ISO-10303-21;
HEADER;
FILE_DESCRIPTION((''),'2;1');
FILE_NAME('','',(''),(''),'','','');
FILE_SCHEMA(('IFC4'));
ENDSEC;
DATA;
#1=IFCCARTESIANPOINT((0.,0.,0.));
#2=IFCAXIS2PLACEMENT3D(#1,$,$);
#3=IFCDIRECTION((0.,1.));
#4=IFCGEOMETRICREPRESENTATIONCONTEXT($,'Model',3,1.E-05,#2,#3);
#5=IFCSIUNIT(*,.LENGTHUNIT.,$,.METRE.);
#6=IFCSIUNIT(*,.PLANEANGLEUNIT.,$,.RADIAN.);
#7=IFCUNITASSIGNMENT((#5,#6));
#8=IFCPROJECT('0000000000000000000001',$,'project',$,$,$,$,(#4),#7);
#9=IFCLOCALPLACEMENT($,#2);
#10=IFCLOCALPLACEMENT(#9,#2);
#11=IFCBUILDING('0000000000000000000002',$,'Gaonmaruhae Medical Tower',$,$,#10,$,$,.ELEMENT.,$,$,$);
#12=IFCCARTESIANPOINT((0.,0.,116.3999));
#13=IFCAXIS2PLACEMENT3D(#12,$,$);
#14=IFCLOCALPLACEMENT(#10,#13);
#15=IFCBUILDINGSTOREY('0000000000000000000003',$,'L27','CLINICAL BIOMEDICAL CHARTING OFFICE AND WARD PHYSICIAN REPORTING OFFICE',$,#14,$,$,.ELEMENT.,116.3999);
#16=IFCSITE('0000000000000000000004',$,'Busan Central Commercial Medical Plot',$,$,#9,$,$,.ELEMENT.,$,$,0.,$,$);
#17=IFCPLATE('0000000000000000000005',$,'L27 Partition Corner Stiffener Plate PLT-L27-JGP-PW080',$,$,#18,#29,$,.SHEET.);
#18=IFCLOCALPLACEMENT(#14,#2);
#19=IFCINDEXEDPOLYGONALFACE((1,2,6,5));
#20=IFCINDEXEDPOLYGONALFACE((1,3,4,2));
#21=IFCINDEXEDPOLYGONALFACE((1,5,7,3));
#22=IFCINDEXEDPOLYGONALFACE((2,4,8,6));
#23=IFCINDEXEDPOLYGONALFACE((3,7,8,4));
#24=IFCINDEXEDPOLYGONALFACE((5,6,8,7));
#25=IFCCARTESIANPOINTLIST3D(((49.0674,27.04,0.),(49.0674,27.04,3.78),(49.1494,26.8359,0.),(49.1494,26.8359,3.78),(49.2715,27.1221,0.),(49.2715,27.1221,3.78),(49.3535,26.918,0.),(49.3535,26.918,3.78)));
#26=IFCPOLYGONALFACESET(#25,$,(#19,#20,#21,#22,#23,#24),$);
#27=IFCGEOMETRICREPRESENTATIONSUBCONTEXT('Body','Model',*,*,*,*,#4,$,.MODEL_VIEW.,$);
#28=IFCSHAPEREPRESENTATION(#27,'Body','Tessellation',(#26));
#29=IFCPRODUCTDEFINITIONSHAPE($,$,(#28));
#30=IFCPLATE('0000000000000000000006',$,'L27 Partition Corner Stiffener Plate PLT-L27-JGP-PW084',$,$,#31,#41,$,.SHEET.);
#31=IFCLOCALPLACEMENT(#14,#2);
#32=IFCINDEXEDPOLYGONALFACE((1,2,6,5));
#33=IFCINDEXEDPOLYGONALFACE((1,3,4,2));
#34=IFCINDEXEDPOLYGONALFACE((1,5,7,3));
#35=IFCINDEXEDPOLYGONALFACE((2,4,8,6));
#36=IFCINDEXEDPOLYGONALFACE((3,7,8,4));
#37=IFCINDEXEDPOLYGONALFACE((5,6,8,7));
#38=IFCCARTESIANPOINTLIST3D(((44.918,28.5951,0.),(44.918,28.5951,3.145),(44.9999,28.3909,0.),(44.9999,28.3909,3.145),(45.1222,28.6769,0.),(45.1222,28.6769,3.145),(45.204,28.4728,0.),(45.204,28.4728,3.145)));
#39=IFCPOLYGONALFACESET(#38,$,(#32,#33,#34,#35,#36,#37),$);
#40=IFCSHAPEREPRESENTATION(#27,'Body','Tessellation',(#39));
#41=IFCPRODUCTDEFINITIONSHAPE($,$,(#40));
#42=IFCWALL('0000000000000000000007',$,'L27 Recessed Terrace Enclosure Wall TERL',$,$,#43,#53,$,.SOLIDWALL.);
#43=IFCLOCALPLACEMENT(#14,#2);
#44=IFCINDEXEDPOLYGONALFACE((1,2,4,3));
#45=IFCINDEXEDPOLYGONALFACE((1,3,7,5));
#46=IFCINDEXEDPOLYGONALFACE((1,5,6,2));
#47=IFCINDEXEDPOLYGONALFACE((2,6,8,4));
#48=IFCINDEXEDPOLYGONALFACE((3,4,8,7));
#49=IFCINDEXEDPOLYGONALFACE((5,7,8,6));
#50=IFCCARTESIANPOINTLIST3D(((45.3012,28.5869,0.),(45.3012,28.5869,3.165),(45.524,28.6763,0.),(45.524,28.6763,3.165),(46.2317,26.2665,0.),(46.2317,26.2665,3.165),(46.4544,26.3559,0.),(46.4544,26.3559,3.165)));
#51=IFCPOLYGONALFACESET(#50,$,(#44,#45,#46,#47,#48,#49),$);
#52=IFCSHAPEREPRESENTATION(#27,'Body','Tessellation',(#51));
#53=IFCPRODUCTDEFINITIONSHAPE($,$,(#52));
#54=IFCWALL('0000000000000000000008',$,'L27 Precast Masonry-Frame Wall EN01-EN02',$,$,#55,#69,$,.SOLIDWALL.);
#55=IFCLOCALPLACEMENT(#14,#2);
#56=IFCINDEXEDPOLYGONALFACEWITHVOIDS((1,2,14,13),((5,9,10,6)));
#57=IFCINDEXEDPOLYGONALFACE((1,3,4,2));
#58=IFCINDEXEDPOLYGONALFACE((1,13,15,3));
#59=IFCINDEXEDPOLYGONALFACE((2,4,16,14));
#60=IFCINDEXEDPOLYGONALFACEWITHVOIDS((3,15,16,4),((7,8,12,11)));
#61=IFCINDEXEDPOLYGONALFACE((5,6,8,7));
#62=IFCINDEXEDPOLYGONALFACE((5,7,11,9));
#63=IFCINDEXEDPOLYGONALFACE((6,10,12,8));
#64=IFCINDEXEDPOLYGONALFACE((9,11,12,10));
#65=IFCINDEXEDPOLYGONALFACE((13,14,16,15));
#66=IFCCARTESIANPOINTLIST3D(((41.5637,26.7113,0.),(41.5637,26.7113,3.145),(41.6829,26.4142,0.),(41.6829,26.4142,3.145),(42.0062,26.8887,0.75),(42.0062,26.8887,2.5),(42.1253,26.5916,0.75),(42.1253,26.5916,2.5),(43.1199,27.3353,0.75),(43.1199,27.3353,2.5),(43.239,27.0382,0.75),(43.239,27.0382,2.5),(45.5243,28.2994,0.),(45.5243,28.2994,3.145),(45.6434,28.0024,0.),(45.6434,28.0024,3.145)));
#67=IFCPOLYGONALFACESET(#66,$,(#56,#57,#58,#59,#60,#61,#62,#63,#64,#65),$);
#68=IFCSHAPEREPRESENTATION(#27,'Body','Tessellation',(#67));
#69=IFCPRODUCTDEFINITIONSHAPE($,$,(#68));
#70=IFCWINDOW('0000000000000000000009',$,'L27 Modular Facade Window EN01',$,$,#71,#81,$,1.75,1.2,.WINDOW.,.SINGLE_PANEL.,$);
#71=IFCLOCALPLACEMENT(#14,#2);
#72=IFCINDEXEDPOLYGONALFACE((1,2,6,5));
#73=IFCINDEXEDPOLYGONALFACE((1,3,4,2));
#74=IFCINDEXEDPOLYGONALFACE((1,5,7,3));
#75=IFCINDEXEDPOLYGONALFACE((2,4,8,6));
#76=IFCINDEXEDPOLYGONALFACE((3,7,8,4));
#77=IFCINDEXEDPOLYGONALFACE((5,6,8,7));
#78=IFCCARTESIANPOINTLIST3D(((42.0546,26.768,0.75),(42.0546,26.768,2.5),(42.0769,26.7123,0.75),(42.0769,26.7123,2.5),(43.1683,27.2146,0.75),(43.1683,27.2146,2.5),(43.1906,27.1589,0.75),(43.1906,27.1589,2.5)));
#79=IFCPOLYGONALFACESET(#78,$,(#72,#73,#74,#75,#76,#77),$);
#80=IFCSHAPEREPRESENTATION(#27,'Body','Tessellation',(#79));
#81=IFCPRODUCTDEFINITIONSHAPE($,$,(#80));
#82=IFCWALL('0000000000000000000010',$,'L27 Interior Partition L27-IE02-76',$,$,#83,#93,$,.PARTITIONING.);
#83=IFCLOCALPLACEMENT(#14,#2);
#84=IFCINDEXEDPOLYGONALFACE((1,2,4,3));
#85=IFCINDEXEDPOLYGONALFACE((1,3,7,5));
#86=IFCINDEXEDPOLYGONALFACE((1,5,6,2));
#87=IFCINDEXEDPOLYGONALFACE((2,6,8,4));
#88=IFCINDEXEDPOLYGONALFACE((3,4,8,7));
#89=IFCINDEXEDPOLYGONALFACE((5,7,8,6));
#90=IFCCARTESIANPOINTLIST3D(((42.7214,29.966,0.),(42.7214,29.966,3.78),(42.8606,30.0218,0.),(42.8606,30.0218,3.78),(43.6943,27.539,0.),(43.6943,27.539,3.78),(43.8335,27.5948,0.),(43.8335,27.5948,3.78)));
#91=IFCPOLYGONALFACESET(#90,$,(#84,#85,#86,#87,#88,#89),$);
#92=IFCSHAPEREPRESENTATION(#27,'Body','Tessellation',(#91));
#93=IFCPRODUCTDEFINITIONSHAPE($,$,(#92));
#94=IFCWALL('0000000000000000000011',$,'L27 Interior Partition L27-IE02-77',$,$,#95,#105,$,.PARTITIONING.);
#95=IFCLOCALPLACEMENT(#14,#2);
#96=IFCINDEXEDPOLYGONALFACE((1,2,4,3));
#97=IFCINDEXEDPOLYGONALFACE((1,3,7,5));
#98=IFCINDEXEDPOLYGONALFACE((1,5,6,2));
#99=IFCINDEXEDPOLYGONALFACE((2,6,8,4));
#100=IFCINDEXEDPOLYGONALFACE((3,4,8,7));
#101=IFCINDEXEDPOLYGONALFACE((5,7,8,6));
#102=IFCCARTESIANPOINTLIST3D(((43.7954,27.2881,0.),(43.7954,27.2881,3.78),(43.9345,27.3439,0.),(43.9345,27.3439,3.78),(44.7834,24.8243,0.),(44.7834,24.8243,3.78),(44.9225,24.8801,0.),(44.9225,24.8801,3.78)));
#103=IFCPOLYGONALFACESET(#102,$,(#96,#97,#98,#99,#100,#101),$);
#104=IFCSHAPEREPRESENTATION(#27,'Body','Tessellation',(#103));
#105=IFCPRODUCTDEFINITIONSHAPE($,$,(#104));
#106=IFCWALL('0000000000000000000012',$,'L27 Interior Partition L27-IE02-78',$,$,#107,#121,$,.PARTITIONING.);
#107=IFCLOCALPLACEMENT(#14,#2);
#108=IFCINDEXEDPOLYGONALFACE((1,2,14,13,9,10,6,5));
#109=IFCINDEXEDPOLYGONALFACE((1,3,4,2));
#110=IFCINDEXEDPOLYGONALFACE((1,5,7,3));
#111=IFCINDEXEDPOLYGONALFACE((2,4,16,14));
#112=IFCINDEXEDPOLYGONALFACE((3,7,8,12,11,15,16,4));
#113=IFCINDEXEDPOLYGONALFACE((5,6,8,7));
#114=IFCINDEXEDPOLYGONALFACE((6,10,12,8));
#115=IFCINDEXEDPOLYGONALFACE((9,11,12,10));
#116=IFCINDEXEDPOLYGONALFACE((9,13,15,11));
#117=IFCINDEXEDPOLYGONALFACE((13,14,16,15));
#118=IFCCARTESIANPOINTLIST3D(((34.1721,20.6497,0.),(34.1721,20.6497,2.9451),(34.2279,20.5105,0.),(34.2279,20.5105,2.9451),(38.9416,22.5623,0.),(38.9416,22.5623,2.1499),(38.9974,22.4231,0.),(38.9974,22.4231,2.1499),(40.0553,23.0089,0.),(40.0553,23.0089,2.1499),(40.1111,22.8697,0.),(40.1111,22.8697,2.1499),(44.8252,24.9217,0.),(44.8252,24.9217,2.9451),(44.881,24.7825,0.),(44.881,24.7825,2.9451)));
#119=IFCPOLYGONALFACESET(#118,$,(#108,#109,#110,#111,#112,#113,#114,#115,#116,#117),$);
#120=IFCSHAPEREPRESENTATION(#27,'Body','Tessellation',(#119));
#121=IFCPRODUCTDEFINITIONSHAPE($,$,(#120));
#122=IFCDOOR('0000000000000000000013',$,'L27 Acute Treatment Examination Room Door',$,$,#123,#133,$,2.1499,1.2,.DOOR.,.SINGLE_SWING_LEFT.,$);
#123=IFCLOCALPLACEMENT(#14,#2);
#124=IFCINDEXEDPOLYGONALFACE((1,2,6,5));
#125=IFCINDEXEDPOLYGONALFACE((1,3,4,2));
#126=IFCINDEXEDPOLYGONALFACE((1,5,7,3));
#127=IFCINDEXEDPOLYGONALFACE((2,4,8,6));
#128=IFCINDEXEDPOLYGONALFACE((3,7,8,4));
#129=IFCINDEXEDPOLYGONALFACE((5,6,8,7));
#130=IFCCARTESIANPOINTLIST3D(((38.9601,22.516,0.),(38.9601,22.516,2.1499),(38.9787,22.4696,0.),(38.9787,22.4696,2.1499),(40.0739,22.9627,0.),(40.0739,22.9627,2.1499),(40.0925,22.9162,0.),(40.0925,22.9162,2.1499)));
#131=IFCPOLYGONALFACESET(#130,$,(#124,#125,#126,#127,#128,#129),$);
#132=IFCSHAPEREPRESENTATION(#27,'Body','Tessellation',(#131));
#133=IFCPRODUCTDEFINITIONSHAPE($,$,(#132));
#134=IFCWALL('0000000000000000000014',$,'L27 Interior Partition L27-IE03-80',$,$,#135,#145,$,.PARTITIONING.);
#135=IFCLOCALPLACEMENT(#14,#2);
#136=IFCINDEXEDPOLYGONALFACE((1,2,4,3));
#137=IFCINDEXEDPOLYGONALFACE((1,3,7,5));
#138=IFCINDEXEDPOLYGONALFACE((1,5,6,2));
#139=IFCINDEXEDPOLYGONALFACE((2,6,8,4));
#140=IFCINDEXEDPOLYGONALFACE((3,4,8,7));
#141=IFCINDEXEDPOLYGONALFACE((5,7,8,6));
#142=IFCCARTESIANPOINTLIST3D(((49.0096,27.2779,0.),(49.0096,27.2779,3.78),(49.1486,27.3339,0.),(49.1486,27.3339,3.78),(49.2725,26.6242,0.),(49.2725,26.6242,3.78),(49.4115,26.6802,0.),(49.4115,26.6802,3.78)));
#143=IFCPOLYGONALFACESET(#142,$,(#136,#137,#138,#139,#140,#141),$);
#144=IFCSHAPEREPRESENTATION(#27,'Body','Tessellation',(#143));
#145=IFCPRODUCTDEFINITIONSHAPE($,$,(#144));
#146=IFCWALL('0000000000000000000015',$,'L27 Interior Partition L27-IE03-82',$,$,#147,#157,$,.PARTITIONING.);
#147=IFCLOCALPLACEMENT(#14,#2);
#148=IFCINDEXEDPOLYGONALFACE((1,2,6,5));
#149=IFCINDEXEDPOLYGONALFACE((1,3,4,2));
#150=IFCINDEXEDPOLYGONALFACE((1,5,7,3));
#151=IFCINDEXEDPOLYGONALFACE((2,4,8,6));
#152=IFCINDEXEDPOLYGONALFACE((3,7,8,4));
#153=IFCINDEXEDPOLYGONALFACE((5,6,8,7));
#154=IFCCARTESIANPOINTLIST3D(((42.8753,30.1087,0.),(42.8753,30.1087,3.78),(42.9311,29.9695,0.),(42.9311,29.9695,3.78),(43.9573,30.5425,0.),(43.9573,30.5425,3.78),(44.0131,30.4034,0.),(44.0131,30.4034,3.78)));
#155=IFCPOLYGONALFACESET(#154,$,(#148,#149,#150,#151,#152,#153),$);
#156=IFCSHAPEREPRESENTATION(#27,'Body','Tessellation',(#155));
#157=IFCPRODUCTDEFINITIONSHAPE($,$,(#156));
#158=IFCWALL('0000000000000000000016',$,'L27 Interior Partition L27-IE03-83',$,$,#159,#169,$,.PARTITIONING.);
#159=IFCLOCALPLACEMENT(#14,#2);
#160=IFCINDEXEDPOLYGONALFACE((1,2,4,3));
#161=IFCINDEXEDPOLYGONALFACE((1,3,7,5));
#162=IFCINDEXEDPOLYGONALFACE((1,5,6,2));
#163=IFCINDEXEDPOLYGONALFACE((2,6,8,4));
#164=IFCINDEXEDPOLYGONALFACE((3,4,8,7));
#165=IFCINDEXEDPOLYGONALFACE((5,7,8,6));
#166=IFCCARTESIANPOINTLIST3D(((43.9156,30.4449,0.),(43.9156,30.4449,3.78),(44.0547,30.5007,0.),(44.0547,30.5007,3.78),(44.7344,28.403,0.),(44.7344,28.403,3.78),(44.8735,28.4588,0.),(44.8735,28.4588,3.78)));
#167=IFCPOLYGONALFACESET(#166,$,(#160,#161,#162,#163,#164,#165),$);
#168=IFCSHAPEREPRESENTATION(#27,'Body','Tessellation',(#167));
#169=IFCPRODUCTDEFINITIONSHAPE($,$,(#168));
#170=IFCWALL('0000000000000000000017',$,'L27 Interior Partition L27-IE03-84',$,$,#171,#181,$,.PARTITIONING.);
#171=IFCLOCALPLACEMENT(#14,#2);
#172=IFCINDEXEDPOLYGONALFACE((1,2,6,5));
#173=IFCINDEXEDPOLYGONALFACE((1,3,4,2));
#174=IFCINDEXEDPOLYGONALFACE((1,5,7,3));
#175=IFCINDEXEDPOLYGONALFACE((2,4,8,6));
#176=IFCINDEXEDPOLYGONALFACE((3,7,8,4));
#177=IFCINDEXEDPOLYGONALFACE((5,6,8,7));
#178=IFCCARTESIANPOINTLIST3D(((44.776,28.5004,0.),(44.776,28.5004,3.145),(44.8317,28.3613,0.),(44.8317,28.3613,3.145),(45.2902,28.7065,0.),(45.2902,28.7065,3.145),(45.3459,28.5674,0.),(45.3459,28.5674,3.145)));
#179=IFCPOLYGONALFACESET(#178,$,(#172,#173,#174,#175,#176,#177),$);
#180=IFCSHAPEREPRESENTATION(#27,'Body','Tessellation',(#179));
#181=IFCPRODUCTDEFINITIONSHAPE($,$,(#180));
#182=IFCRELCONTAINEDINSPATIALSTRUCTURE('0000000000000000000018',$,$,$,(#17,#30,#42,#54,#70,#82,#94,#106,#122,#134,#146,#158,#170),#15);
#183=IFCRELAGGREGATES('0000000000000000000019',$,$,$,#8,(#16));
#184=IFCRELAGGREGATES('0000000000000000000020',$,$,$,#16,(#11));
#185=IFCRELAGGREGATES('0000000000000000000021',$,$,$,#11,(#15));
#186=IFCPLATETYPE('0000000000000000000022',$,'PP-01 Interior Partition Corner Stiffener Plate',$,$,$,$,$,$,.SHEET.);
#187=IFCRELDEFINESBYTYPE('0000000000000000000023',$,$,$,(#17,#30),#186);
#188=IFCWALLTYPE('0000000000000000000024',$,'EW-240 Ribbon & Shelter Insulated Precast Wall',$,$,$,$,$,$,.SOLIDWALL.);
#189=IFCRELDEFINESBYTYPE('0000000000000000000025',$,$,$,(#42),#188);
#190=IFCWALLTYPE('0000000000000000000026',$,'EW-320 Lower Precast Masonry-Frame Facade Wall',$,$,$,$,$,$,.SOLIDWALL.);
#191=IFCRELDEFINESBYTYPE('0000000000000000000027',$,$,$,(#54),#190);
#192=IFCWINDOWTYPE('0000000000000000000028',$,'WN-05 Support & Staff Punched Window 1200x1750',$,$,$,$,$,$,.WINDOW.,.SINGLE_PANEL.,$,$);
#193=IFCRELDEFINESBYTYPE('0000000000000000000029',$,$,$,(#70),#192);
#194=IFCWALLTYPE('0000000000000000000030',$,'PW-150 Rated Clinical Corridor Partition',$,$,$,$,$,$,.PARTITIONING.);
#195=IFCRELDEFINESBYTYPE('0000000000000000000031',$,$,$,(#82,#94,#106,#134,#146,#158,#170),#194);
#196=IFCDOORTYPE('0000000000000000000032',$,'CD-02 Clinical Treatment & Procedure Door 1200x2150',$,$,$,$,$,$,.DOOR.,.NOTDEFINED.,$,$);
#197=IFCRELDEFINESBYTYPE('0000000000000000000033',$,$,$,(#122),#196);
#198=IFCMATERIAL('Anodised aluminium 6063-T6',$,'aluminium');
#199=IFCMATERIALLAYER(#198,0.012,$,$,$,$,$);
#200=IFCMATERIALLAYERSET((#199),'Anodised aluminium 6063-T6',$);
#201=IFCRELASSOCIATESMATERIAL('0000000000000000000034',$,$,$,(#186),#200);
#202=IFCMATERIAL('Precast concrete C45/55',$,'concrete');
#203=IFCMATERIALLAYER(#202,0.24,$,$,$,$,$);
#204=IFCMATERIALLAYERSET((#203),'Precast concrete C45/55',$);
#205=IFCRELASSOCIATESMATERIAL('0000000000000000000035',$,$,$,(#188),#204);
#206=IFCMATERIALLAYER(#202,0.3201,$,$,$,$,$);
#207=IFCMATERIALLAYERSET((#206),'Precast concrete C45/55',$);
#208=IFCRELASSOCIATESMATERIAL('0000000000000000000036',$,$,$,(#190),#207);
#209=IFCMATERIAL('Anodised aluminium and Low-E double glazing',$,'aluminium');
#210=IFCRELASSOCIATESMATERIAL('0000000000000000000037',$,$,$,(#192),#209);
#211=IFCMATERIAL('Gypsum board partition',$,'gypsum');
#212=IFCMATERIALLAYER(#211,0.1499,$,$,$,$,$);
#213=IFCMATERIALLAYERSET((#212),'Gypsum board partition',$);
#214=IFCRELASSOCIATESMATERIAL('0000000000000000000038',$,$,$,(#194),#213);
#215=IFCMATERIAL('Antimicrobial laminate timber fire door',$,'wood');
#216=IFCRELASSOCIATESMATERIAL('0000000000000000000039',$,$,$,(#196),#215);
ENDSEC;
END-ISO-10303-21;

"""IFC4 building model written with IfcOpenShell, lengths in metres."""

from ifc_helpers import new_model, si_unit, direction, frame, frame_2d, origin, origin_2d, place, context, subcontext, project, spatial, rectangle, extrude, material, layer, layer_set, type_object, element, fill, save


model = new_model("IFC4")

# Units and contexts
model_context = context("Model", 3, precision=1e-05, world=origin(), true_north=direction((0.0, 1.0)))
body_context = subcontext(model_context, "Body", "Model", "MODEL_VIEW")
ifc_project = project(units=[si_unit("LENGTHUNIT", "METRE"), si_unit("PLANEANGLEUNIT", "RADIAN")], contexts=[model_context])

# Site, building, storey
site_placement = place(None, origin())
site = spatial("IfcSite", under=ifc_project, at=site_placement, Name="Busan Central Commercial Medical Plot", CompositionType="ELEMENT", RefElevation=0.0)
building_placement = place(site_placement, origin())
building = spatial("IfcBuilding", under=site, at=building_placement, Name="Gaonmaruhae Medical Tower", CompositionType="ELEMENT")
storey_placement = place(building_placement, frame((0.0, 0.0, 116.3999)))
storey = spatial("IfcBuildingStorey", under=building, at=storey_placement, Name="L27", Description="CLINICAL BIOMEDICAL CHARTING OFFICE AND WARD PHYSICIAN REPORTING OFFICE", CompositionType="ELEMENT", Elevation=116.3999)

# Plates
ifc_material_1 = material(Name="Anodised aluminium 6063-T6", Category="aluminium")
ifc_layer_1 = layer(ifc_material_1, 0.012)
ifc_layer_set_1 = layer_set([ifc_layer_1], Name="Anodised aluminium 6063-T6")
plate_type = type_object("IfcPlateType", Name="PP-01 Interior Partition Corner Stiffener Plate", PredefinedType="SHEET", material=ifc_layer_set_1)
plate_1_placement = place(storey_placement, frame((49.2104, 26.979, 0.0), z_axis=(0.0, 0.0, 1.0), x_axis=(0.373101, -0.927791, 0.0)))
element("IfcPlate", 1, at=plate_1_placement, inside=storey, type_object=plate_type, Name="L27 Partition Corner Stiffener Plate PLT-L27-JGP-PW080", PredefinedType="SHEET", context=body_context, shape_type="SweptSolid", body=[
    extrude(rectangle(XDim=0.22, YDim=0.22, at=origin_2d()), origin(), (0.0, 0.0, 1.0), 3.78),
])
plate_2_placement = place(storey_placement, frame((45.061, 28.5339, 0.0), z_axis=(0.0, 0.0, 1.0), x_axis=(0.928226, 0.372016, 0.0)))
element("IfcPlate", 2, at=plate_2_placement, inside=storey, type_object=plate_type, Name="L27 Partition Corner Stiffener Plate PLT-L27-JGP-PW084", PredefinedType="SHEET", context=body_context, shape_type="SweptSolid", body=[
    extrude(rectangle(XDim=0.22, YDim=0.22, at=origin_2d()), origin(), (0.0, 0.0, 1.0), 3.145),
])

# Shared definitions
ifc_material_2 = material(Name="Precast concrete C45/55", Category="concrete")
ifc_layer_2 = layer(ifc_material_2, 0.24)
ifc_layer_set_2 = layer_set([ifc_layer_2], Name="Precast concrete C45/55")
wall_type_1 = type_object("IfcWallType", Name="EW-240 Ribbon & Shelter Insulated Precast Wall", PredefinedType="SOLIDWALL", material=ifc_layer_set_2)

# Wall
wall_1_placement = place(storey_placement, frame((45.4126, 28.6316, 0.0), z_axis=(0.0, 0.0, 1.0), x_axis=(0.372182, -0.92816, 0.0)))
element("IfcWall", 3, at=wall_1_placement, inside=storey, type_object=wall_type_1, Name="L27 Recessed Terrace Enclosure Wall TERL", PredefinedType="SOLIDWALL", context=body_context, shape_type="SweptSolid", body=[
    extrude(rectangle(XDim=2.5, YDim=0.24, at=frame_2d((1.25, 0.0))), origin(), (0.0, 0.0, 1.0), 3.165),
])

# Wall, opening, window
ifc_layer_3 = layer(ifc_material_2, 0.3201)
ifc_layer_set_3 = layer_set([ifc_layer_3], Name="Precast concrete C45/55")
wall_type_2 = type_object("IfcWallType", Name="EW-320 Lower Precast Masonry-Frame Facade Wall", PredefinedType="SOLIDWALL", material=ifc_layer_set_3)
wall_2_placement = place(storey_placement, frame((41.6233, 26.5627, 0.0), z_axis=(0.0, 0.0, 1.0), x_axis=(0.928157, 0.37219, 0.0)))
wall_2 = element("IfcWall", 4, at=wall_2_placement, inside=storey, type_object=wall_type_2, Name="L27 Precast Masonry-Frame Wall EN01-EN02", PredefinedType="SOLIDWALL", context=body_context, shape_type="SweptSolid", body=[
    extrude(rectangle(XDim=4.2671, YDim=0.3201, at=frame_2d((2.1335, 0.0))), origin(), (0.0, 0.0, 1.0), 3.145),
])
opening_1_placement = place(wall_2_placement, frame((0.4766, 0.0, 0.75)))
opening_1 = element("IfcOpeningElement", 5, at=opening_1_placement, cuts=wall_2, PredefinedType="OPENING", context=body_context, shape_type="SweptSolid", body=[
    extrude(rectangle(XDim=1.2, YDim=1.75, at=frame_2d((0.6001, 0.875))), frame((0.0, 0.1699, 0.0), z_axis=(0.0, -1.0, 0.0), x_axis=(1.0, 0.0, 0.0)), (0.0, 0.0, 1.0), 0.3401),
])
ifc_material_3 = material(Name="Anodised aluminium and Low-E double glazing", Category="aluminium")
window_type = type_object("IfcWindowType", Name="WN-05 Support & Staff Punched Window 1200x1750", PartitioningType="SINGLE_PANEL", PredefinedType="WINDOW", material=ifc_material_3)
window_placement = place(opening_1_placement, origin())
window = element("IfcWindow", 6, at=window_placement, inside=storey, type_object=window_type, Name="L27 Modular Facade Window EN01", OverallHeight=1.75, OverallWidth=1.2, PartitioningType="SINGLE_PANEL", PredefinedType="WINDOW", context=body_context, shape_type="SweptSolid", body=[
    extrude(rectangle(XDim=1.2, YDim=1.75, at=frame_2d((0.6001, 0.875))), frame((0.0, 0.03, 0.0), z_axis=(0.0, -1.0, 0.0), x_axis=(1.0, 0.0, 0.0)), (0.0, 0.0, 1.0), 0.0601),
])
fill(opening_1, window)

# Walls
ifc_material_4 = material(Name="Gypsum board partition", Category="gypsum")
ifc_layer_4 = layer(ifc_material_4, 0.1499)
ifc_layer_set_4 = layer_set([ifc_layer_4], Name="Gypsum board partition")
wall_type_3 = type_object("IfcWallType", Name="PW-150 Rated Clinical Corridor Partition", PredefinedType="PARTITIONING", material=ifc_layer_set_4)
wall_3_placement = place(storey_placement, frame((42.791, 29.9939, 0.0), z_axis=(0.0, 0.0, 1.0), x_axis=(0.372083, -0.9282, 0.0)))
element("IfcWall", 7, at=wall_3_placement, inside=storey, type_object=wall_type_3, Name="L27 Interior Partition L27-IE02-76", PredefinedType="PARTITIONING", context=body_context, shape_type="SweptSolid", body=[
    extrude(rectangle(XDim=2.6147, YDim=0.1499, at=frame_2d((1.3074, 0.0))), origin(), (0.0, 0.0, 1.0), 3.78),
])
wall_4_placement = place(storey_placement, frame((43.865, 27.3159, 0.0), z_axis=(0.0, 0.0, 1.0), x_axis=(0.372199, -0.928153, 0.0)))
element("IfcWall", 8, at=wall_4_placement, inside=storey, type_object=wall_type_3, Name="L27 Interior Partition L27-IE02-77", PredefinedType="PARTITIONING", context=body_context, shape_type="SweptSolid", body=[
    extrude(rectangle(XDim=2.6545, YDim=0.1499, at=frame_2d((1.3271, 0.0))), origin(), (0.0, 0.0, 1.0), 3.78),
])

# Wall, opening, door
wall_5_placement = place(storey_placement, frame((44.853, 24.8521, 0.0), z_axis=(0.0, 0.0, 1.0), x_axis=(-0.928154, -0.372197, 0.0)))
wall_5 = element("IfcWall", 9, at=wall_5_placement, inside=storey, type_object=wall_type_3, Name="L27 Interior Partition L27-IE02-78", PredefinedType="PARTITIONING", context=body_context, shape_type="SweptSolid", body=[
    extrude(rectangle(XDim=11.4778, YDim=0.1499, at=frame_2d((5.7388, 0.0))), origin(), (0.0, 0.0, 1.0), 2.9451),
])
opening_2_placement = place(wall_5_placement, frame((5.1389, 0.0, 0.0)))
opening_2 = element("IfcOpeningElement", 10, at=opening_2_placement, cuts=wall_5, PredefinedType="OPENING", context=body_context, shape_type="SweptSolid", body=[
    extrude(rectangle(XDim=1.2, YDim=2.1499, at=frame_2d((0.6001, 1.075))), frame((0.0, 0.085, 0.0), z_axis=(0.0, -1.0, 0.0), x_axis=(1.0, 0.0, 0.0)), (0.0, 0.0, 1.0), 0.1699),
])
ifc_material_5 = material(Name="Antimicrobial laminate timber fire door", Category="wood")
door_type_1 = type_object("IfcDoorType", Name="CD-02 Clinical Treatment & Procedure Door 1200x2150", OperationType="NOTDEFINED", PredefinedType="DOOR", material=ifc_material_5)
door_1_placement = place(opening_2_placement, origin())
door_1 = element("IfcDoor", 11, at=door_1_placement, inside=storey, type_object=door_type_1, Name="L27 Acute Treatment Examination Room Door", OperationType="SINGLE_SWING_LEFT", OverallHeight=2.1499, OverallWidth=1.2, PredefinedType="DOOR", context=body_context, shape_type="SweptSolid", body=[
    extrude(rectangle(XDim=1.2, YDim=2.1499, at=frame_2d((0.6001, 1.075))), frame((0.0, 0.0249, 0.0), z_axis=(0.0, -1.0, 0.0), x_axis=(1.0, 0.0, 0.0)), (0.0, 0.0, 1.0), 0.05),
])
fill(opening_2, door_1)

# Wall
wall_6_placement = place(storey_placement, frame((49.0791, 27.3059, 0.0), z_axis=(0.0, 0.0, 1.0), x_axis=(0.373122, -0.927782, 0.0)))
element("IfcWall", 12, at=wall_6_placement, inside=storey, type_object=wall_type_3, Name="L27 Interior Partition L27-IE03-80", PredefinedType="PARTITIONING", context=body_context, shape_type="SweptSolid", body=[
    extrude(rectangle(XDim=0.7046, YDim=0.1499, at=frame_2d((0.3523, 0.0))), origin(), (0.0, 0.0, 1.0), 3.78),
])

# Walls
wall_7_placement = place(storey_placement, frame((42.9031, 30.0391, 0.0), z_axis=(0.0, 0.0, 1.0), x_axis=(0.928173, 0.372149, 0.0)))
element("IfcWall", 13, at=wall_7_placement, inside=storey, type_object=wall_type_3, Name="L27 Interior Partition L27-IE03-82", PredefinedType="PARTITIONING", context=body_context, shape_type="SweptSolid", body=[
    extrude(rectangle(XDim=1.1658, YDim=0.1499, at=frame_2d((0.583, 0.0))), origin(), (0.0, 0.0, 1.0), 3.78),
])
wall_8_placement = place(storey_placement, frame((43.9851, 30.4729, 0.0), z_axis=(0.0, 0.0, 1.0), x_axis=(0.372194, -0.928155, 0.0)))
element("IfcWall", 14, at=wall_8_placement, inside=storey, type_object=wall_type_3, Name="L27 Interior Partition L27-IE03-83", PredefinedType="PARTITIONING", context=body_context, shape_type="SweptSolid", body=[
    extrude(rectangle(XDim=2.2, YDim=0.1499, at=frame_2d((1.1001, 0.0))), origin(), (0.0, 0.0, 1.0), 3.78),
])
wall_9_placement = place(storey_placement, frame((44.804, 28.4309, 0.0), z_axis=(0.0, 0.0, 1.0), x_axis=(0.928233, 0.371999, 0.0)))
element("IfcWall", 15, at=wall_9_placement, inside=storey, type_object=wall_type_3, Name="L27 Interior Partition L27-IE03-84", PredefinedType="PARTITIONING", context=body_context, shape_type="SweptSolid", body=[
    extrude(rectangle(XDim=0.554, YDim=0.1499, at=frame_2d((0.2769, 0.0))), origin(), (0.0, 0.0, 1.0), 3.145),
])

save(model, "model.ifc")
